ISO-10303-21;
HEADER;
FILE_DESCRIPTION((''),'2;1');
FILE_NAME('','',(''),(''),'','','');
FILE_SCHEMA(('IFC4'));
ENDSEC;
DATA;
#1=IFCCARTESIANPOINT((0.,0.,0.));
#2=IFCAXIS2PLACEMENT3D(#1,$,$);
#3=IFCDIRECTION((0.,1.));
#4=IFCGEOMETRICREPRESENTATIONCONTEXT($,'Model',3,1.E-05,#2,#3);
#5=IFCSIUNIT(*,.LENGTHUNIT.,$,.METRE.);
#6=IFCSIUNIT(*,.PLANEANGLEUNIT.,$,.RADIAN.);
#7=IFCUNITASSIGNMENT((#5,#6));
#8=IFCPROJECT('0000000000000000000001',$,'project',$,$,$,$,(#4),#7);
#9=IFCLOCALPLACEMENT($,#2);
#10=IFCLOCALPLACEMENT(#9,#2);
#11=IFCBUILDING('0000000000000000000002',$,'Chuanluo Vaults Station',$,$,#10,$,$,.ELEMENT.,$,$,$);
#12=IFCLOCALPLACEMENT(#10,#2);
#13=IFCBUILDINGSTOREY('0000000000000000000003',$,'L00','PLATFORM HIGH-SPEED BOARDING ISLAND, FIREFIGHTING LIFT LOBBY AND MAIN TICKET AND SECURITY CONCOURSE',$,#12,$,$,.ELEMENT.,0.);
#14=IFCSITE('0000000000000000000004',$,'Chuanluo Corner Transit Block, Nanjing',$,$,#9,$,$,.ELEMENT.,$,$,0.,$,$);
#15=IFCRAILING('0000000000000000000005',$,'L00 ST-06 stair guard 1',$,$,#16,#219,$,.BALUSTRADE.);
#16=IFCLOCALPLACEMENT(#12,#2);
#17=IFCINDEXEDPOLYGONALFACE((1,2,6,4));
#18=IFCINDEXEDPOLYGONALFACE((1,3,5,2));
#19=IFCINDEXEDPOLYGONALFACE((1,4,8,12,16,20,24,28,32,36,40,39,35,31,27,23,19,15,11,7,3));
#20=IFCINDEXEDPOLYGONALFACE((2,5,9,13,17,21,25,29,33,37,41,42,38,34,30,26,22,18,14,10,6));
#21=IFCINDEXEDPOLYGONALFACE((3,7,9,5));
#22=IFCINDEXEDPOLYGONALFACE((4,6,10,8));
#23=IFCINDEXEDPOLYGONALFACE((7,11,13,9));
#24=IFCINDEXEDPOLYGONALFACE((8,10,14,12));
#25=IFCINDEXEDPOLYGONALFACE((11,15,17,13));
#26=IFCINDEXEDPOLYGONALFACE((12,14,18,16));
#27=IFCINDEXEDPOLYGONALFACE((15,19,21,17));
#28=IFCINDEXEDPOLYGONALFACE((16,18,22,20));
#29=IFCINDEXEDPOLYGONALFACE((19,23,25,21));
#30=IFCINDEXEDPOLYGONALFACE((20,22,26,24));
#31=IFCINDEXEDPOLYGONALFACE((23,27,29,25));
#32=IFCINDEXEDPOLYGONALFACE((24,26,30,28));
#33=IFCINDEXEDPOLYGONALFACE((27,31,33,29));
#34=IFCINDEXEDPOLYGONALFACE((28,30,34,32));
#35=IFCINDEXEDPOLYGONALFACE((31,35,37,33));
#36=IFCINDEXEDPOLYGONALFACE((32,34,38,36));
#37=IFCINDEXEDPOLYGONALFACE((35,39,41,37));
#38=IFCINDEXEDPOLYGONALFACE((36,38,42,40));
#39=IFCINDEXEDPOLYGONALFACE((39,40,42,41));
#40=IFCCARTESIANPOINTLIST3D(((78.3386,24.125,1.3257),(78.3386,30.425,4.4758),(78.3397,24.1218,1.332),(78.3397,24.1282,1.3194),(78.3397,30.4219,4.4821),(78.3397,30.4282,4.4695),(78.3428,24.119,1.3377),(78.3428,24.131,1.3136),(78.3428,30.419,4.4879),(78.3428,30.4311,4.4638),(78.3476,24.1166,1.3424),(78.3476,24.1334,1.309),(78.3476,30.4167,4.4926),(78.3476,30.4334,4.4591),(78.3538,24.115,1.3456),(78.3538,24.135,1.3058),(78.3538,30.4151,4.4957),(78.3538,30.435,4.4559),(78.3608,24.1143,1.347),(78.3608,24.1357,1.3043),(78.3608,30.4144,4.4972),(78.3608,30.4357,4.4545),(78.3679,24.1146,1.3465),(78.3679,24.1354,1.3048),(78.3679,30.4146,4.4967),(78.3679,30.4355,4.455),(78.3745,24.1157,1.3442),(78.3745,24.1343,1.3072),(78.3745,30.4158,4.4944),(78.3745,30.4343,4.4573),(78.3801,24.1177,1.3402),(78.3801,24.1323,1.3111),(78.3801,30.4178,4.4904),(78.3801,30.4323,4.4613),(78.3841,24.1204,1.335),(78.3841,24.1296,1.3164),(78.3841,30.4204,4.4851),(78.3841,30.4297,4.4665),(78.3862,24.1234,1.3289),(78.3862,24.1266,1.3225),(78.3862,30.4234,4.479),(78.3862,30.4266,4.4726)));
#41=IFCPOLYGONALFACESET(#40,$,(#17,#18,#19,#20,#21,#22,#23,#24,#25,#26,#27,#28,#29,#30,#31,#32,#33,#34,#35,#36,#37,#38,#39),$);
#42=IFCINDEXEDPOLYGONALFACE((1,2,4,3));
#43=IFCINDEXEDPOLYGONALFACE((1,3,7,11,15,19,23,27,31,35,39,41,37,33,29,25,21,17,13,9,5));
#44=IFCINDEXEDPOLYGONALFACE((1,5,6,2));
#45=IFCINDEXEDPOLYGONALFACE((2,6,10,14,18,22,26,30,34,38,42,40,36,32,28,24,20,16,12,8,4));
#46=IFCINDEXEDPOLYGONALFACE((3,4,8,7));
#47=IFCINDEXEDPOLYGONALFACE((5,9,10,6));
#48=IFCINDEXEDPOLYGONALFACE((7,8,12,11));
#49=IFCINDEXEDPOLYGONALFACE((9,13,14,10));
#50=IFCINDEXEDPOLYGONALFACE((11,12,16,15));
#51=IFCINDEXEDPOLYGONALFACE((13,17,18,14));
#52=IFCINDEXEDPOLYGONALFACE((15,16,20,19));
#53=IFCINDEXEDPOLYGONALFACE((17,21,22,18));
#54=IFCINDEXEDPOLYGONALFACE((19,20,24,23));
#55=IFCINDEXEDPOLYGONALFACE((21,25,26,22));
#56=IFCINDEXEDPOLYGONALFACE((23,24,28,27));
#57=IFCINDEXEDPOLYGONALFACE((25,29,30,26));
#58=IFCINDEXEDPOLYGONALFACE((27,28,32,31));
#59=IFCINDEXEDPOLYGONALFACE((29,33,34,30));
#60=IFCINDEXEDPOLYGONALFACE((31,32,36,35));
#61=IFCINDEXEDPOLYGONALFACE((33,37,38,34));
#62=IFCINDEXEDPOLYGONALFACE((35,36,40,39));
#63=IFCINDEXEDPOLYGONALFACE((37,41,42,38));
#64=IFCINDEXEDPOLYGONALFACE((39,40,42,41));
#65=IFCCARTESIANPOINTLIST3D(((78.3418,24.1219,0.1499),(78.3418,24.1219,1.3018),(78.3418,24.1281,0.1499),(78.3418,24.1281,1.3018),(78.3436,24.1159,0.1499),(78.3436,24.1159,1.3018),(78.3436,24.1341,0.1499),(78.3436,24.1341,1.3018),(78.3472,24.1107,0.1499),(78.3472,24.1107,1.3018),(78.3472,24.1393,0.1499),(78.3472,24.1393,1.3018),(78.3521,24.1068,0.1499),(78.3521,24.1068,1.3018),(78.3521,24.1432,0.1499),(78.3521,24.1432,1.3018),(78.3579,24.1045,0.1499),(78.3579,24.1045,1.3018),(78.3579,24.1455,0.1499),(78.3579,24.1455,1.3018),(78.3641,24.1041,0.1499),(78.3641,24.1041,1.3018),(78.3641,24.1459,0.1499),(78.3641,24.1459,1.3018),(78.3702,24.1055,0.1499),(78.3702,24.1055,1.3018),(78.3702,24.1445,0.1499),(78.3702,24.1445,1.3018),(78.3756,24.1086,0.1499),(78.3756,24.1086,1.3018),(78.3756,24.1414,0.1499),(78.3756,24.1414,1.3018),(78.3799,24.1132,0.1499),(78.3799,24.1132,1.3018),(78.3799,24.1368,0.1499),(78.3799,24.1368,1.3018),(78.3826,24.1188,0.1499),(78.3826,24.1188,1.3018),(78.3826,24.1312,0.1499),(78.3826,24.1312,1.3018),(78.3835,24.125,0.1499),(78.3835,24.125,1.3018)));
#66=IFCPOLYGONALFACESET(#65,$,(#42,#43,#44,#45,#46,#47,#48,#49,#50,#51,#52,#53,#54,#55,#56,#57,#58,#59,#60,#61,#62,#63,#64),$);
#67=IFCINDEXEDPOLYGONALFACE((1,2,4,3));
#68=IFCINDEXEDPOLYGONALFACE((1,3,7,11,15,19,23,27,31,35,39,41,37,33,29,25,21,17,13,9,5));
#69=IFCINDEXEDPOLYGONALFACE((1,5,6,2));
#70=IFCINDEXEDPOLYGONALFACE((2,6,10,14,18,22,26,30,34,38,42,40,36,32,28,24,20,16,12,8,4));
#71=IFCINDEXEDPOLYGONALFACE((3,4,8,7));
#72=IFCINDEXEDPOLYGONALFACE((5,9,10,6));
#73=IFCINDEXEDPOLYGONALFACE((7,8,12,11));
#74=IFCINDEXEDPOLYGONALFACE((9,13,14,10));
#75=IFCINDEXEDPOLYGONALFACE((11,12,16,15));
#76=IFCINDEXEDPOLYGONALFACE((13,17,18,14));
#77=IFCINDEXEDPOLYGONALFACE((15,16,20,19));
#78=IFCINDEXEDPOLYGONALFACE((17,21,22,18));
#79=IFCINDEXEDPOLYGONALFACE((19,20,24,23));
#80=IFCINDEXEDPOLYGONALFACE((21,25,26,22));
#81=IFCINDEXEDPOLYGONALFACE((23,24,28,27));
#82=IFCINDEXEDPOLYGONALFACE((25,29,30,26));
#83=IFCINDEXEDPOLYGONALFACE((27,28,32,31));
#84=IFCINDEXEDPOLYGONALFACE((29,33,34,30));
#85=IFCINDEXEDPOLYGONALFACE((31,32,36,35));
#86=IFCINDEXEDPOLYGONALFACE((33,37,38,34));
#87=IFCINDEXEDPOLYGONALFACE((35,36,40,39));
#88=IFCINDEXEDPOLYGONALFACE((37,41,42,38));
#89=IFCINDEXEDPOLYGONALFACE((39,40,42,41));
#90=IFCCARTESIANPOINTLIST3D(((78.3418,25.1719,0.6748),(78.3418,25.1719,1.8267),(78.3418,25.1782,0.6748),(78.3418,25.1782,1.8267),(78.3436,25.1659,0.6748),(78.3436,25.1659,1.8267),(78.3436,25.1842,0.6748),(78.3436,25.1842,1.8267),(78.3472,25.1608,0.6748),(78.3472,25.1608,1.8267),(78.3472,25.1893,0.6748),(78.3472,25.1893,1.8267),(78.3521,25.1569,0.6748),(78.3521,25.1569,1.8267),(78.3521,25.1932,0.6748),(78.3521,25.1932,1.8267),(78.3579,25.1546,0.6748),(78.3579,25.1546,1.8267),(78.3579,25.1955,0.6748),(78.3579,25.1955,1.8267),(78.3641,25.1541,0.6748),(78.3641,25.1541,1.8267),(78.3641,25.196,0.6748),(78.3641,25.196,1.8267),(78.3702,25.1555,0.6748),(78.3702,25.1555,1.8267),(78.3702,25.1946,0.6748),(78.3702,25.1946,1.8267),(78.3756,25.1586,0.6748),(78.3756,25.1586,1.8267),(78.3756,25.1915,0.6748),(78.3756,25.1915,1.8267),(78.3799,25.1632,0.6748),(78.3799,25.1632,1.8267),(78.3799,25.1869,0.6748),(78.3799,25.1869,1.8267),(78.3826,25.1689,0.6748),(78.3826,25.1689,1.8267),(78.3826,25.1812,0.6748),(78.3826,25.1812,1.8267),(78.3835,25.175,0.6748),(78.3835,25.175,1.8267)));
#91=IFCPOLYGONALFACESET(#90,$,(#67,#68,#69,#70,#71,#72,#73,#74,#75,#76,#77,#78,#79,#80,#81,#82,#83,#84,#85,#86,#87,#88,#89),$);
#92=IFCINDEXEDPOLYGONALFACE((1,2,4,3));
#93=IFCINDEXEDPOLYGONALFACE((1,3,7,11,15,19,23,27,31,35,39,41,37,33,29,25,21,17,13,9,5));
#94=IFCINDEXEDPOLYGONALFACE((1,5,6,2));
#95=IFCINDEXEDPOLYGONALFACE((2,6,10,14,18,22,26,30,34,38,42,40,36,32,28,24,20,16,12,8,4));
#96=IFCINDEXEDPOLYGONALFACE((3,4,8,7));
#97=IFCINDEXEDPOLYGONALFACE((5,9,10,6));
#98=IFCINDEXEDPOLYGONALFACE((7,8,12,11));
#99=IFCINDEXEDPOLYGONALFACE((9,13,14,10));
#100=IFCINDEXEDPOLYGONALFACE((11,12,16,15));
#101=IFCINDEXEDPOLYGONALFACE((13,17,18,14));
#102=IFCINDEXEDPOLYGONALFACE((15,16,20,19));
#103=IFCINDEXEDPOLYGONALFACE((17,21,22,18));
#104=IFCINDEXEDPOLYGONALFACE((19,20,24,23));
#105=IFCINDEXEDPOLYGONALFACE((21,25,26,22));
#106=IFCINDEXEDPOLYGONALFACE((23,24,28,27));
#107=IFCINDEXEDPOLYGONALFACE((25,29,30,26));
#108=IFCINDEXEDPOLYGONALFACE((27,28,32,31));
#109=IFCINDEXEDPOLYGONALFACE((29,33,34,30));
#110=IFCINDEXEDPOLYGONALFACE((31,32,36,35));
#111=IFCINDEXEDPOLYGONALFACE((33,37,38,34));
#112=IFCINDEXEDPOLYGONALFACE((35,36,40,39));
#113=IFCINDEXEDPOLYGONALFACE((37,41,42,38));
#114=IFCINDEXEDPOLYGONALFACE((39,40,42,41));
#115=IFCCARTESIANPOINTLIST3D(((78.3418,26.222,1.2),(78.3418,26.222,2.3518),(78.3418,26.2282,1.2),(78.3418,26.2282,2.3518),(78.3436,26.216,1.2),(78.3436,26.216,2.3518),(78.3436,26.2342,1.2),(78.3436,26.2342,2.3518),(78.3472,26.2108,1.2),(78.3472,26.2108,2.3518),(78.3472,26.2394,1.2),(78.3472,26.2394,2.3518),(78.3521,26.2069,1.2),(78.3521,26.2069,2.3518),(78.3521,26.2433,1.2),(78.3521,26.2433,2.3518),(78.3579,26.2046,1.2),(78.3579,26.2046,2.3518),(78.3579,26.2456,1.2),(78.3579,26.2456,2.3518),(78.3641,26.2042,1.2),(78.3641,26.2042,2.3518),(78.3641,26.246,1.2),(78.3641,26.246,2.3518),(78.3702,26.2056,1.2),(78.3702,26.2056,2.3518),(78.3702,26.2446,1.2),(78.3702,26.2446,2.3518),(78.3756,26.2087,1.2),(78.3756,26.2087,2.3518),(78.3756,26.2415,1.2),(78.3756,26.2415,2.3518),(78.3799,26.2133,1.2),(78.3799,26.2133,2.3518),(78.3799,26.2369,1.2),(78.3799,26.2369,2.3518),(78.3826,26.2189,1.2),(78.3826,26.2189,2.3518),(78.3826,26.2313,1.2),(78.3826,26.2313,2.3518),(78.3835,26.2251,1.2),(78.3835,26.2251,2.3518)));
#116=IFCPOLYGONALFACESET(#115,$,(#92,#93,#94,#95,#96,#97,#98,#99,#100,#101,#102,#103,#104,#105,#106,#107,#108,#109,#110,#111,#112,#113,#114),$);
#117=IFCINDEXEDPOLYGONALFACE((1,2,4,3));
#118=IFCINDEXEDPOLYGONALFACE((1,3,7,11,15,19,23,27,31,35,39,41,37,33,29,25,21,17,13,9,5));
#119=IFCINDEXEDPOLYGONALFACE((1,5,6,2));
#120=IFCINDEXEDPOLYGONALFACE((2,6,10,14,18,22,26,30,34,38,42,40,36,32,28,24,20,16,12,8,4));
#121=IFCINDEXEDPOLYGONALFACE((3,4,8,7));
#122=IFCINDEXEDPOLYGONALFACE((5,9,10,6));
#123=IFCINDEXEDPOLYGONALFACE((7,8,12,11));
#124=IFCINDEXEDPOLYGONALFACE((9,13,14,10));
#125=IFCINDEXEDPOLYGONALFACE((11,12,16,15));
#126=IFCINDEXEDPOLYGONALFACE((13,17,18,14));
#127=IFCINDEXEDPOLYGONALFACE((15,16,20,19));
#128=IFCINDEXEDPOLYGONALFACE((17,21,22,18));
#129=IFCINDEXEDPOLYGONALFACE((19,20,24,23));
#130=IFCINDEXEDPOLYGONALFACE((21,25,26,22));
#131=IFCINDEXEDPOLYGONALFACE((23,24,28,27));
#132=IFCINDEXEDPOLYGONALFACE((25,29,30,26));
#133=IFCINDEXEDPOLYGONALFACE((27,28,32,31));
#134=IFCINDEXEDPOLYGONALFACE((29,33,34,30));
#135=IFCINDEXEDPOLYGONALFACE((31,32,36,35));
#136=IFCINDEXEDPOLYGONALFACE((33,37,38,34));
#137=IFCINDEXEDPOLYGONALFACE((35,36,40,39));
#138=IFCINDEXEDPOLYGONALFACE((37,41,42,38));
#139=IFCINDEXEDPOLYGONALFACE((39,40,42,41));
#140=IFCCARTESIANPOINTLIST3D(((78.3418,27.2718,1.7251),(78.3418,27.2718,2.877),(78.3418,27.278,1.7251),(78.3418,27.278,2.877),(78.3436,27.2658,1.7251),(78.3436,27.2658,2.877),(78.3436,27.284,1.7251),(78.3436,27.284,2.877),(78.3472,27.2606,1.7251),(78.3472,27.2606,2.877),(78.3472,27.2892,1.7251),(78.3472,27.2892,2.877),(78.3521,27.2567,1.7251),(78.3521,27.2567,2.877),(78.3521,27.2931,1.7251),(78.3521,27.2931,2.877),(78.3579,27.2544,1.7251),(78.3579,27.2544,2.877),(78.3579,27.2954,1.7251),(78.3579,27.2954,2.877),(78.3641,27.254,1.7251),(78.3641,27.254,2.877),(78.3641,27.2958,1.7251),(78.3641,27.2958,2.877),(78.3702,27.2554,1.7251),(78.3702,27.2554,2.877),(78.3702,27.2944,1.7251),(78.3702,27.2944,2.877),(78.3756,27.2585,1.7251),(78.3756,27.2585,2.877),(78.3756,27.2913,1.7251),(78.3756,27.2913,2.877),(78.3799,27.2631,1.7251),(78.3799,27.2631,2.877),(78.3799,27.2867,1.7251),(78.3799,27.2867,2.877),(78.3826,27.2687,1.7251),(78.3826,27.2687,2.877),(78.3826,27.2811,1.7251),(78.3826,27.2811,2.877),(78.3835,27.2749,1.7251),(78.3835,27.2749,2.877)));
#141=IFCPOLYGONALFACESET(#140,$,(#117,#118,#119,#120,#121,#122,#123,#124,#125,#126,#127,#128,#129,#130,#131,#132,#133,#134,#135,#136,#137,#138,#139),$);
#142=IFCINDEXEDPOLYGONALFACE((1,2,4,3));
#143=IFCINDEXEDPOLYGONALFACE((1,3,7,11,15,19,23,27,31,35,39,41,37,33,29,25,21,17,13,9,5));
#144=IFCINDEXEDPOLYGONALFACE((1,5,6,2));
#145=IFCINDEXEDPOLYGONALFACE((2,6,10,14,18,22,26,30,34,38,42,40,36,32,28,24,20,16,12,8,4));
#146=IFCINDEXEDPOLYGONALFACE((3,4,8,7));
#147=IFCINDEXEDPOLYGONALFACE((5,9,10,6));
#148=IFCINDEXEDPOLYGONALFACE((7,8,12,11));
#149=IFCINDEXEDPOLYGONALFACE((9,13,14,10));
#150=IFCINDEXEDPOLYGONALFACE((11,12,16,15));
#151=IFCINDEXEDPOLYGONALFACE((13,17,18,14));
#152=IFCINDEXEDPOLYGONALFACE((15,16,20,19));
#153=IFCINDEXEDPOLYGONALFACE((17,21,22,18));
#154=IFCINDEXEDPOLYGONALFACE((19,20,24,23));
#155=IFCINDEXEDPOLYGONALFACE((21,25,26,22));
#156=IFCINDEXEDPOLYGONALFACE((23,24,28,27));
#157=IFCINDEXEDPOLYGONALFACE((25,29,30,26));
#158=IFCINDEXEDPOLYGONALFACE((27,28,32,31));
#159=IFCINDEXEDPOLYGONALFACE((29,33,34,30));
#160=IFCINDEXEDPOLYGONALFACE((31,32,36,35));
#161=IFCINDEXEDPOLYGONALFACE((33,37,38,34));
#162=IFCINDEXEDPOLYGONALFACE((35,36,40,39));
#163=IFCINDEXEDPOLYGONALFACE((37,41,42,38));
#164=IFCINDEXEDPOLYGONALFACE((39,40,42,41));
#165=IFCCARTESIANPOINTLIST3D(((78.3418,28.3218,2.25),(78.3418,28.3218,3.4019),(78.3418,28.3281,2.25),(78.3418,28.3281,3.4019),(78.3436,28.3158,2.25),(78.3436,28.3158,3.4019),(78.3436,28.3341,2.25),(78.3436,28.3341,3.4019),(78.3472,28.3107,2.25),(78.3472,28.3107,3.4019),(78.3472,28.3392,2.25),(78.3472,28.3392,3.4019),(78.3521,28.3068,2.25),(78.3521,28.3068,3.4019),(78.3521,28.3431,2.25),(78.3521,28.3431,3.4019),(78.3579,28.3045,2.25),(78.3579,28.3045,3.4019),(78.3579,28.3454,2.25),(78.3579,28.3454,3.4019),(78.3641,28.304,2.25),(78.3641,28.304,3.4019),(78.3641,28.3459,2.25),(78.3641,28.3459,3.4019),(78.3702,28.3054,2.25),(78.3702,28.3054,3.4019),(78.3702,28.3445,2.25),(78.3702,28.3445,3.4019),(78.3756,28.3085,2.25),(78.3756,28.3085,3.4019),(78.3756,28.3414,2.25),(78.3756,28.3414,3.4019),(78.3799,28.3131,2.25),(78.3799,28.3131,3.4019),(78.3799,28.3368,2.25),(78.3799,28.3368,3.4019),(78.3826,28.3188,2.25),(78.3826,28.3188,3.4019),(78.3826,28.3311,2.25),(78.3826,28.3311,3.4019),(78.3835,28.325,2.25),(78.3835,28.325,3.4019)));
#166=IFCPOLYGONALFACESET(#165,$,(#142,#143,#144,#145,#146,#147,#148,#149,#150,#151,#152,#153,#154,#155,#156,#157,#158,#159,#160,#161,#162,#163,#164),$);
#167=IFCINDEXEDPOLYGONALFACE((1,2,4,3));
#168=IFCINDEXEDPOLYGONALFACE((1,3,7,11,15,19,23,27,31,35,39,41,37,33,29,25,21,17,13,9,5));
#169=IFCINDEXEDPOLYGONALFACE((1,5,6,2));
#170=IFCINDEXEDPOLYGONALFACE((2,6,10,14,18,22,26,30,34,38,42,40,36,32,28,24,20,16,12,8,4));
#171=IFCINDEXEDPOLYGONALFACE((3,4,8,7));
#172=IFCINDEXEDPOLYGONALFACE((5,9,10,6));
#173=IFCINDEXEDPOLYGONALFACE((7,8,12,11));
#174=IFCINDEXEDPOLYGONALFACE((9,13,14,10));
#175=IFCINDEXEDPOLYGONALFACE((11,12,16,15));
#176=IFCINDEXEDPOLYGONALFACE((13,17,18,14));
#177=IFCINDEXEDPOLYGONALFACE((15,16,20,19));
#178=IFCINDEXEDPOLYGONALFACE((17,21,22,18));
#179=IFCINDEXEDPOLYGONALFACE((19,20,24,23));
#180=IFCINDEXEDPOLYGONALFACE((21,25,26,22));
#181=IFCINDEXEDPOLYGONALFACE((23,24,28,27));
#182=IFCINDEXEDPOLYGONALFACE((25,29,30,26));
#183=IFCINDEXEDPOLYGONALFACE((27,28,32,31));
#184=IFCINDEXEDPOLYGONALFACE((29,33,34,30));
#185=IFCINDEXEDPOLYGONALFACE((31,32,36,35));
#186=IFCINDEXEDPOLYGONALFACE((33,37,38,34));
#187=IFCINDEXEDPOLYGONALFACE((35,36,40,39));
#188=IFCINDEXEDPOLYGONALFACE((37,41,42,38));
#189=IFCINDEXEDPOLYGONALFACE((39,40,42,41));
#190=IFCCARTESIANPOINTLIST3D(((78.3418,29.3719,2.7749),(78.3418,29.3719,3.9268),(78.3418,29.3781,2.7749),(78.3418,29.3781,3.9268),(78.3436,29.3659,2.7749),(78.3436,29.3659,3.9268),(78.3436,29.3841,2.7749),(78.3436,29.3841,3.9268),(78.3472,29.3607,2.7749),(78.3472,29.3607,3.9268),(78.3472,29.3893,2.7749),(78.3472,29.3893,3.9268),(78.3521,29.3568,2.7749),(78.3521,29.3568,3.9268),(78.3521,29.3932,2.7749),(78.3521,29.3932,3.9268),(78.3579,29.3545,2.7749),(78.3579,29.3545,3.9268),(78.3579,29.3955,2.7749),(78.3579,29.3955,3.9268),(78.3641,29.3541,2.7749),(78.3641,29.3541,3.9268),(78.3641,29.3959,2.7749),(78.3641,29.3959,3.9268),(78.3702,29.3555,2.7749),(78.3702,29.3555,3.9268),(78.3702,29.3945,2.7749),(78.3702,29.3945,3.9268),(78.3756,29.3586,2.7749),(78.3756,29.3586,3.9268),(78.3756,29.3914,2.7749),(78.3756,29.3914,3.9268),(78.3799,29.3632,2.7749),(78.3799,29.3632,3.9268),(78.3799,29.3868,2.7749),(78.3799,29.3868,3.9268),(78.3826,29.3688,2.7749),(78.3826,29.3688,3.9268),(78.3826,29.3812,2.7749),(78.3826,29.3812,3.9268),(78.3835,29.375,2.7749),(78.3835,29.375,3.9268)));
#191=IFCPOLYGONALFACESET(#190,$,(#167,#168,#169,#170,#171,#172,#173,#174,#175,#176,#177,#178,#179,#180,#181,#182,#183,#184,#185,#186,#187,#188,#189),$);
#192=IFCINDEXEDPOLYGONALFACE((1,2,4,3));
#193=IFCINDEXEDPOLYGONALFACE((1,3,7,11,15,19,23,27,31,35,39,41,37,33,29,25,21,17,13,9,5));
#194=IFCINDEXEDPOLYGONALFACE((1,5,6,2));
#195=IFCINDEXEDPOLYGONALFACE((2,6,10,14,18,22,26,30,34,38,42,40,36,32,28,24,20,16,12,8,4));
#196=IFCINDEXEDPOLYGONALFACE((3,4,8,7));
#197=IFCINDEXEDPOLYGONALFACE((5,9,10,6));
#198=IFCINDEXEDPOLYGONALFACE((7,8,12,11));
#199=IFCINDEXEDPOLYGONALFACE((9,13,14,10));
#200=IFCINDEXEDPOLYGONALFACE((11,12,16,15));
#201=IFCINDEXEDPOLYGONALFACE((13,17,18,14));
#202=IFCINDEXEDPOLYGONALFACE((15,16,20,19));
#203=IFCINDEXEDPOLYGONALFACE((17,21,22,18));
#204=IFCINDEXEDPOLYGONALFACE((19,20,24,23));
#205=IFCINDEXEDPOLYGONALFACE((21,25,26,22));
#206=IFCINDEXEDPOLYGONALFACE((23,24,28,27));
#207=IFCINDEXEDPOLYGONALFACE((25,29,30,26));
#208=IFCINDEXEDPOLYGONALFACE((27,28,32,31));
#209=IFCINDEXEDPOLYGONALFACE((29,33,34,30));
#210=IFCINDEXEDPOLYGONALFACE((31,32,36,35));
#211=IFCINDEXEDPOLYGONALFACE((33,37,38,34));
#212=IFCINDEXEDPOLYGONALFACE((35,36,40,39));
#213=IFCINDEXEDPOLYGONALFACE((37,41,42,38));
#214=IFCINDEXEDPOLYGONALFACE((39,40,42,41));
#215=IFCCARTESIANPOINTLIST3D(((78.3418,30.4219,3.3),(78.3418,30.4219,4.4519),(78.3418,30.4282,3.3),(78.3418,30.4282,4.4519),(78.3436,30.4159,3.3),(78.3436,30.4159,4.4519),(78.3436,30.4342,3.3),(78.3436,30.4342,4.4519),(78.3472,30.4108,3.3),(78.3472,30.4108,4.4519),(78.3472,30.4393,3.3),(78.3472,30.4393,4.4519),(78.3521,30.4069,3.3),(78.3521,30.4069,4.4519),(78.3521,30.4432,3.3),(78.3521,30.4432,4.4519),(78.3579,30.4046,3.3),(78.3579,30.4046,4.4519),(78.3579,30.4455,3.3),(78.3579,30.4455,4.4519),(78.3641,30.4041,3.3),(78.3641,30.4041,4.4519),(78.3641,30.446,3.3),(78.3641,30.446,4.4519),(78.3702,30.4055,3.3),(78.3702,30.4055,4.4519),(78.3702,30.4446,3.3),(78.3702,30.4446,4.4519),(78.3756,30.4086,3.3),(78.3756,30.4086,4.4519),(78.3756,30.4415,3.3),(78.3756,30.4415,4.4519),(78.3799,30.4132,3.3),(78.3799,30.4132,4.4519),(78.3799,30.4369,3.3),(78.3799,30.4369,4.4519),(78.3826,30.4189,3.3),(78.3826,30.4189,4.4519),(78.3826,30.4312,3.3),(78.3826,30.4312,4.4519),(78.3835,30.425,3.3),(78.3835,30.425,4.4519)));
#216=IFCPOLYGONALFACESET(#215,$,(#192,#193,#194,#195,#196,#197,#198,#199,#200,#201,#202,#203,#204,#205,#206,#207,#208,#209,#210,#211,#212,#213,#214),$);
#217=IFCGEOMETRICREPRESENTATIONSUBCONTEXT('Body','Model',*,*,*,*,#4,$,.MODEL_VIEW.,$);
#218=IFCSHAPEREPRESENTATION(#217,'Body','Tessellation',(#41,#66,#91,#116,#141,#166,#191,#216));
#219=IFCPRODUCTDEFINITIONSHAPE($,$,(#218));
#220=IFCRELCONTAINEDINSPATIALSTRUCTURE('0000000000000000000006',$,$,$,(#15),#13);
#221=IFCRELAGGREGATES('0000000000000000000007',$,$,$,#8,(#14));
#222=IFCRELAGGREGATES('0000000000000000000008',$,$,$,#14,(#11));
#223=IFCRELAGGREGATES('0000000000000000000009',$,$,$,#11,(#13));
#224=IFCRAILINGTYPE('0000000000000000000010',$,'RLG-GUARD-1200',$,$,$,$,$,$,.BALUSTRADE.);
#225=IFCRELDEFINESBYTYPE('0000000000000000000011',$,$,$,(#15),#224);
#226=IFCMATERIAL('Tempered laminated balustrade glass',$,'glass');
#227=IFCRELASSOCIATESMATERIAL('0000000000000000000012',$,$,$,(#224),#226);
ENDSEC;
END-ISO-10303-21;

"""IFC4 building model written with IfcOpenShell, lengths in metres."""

from ifc_helpers import new_model, si_unit, direction, frame, origin, origin_2d, place, context, subcontext, project, spatial, circle, extrude, material, type_object, element, save


model = new_model("IFC4")

# Units and contexts
model_context = context("Model", 3, precision=1e-05, world=origin(), true_north=direction((0.0, 1.0)))
body_context = subcontext(model_context, "Body", "Model", "MODEL_VIEW")
ifc_project = project(units=[si_unit("LENGTHUNIT", "METRE"), si_unit("PLANEANGLEUNIT", "RADIAN")], contexts=[model_context])

# Site, building, storey
site_placement = place(None, origin())
site = spatial("IfcSite", under=ifc_project, at=site_placement, Name="Chuanluo Corner Transit Block, Nanjing", CompositionType="ELEMENT", RefElevation=0.0)
building_placement = place(site_placement, origin())
building = spatial("IfcBuilding", under=site, at=building_placement, Name="Chuanluo Vaults Station", CompositionType="ELEMENT")
storey_placement = place(building_placement, origin())
storey = spatial("IfcBuildingStorey", under=building, at=storey_placement, Name="L00", Description="PLATFORM HIGH-SPEED BOARDING ISLAND, FIREFIGHTING LIFT LOBBY AND MAIN TICKET AND SECURITY CONCOURSE", CompositionType="ELEMENT", Elevation=0.0)

# Railing
ifc_material_1 = material(Name="Tempered laminated balustrade glass", Category="glass")
railing_type_1 = type_object("IfcRailingType", Name="RLG-GUARD-1200", PredefinedType="BALUSTRADE", material=ifc_material_1)
railing_1_placement = place(storey_placement, frame((78.3625, 24.125, 0.1499)))
element("IfcRailing", 1, at=railing_1_placement, inside=storey, type_object=railing_type_1, Name="L00 ST-06 stair guard 1", PredefinedType="BALUSTRADE", context=body_context, shape_type="SweptSolid", body=[
    extrude(circle(Radius=0.0239, at=origin_2d()), frame((0.0, 0.0, 1.1758), z_axis=(0.0, 0.89442, 0.447227), x_axis=(-1.0, 0.0, 0.0)), (0.0, 0.0, 1.0), 7.0437),
    extrude(circle(Radius=0.021, at=origin_2d()), origin(), (0.0, 0.0, 1.0), 1.1519),
    extrude(circle(Radius=0.021, at=origin_2d()), frame((0.0, 1.05, 0.5249)), (0.0, 0.0, 1.0), 1.1519),
    extrude(circle(Radius=0.021, at=origin_2d()), frame((0.0, 2.1001, 1.05)), (0.0, 0.0, 1.0), 1.1519),
    extrude(circle(Radius=0.021, at=origin_2d()), frame((0.0, 3.1499, 1.5752)), (0.0, 0.0, 1.0), 1.1519),
    extrude(circle(Radius=0.021, at=origin_2d()), frame((0.0, 4.2, 2.1001)), (0.0, 0.0, 1.0), 1.1519),
    extrude(circle(Radius=0.021, at=origin_2d()), frame((0.0, 5.25, 2.625)), (0.0, 0.0, 1.0), 1.1519),
    extrude(circle(Radius=0.021, at=origin_2d()), frame((0.0, 6.3, 3.1501)), (0.0, 0.0, 1.0), 1.1519),
])

save(model, "model.ifc")
